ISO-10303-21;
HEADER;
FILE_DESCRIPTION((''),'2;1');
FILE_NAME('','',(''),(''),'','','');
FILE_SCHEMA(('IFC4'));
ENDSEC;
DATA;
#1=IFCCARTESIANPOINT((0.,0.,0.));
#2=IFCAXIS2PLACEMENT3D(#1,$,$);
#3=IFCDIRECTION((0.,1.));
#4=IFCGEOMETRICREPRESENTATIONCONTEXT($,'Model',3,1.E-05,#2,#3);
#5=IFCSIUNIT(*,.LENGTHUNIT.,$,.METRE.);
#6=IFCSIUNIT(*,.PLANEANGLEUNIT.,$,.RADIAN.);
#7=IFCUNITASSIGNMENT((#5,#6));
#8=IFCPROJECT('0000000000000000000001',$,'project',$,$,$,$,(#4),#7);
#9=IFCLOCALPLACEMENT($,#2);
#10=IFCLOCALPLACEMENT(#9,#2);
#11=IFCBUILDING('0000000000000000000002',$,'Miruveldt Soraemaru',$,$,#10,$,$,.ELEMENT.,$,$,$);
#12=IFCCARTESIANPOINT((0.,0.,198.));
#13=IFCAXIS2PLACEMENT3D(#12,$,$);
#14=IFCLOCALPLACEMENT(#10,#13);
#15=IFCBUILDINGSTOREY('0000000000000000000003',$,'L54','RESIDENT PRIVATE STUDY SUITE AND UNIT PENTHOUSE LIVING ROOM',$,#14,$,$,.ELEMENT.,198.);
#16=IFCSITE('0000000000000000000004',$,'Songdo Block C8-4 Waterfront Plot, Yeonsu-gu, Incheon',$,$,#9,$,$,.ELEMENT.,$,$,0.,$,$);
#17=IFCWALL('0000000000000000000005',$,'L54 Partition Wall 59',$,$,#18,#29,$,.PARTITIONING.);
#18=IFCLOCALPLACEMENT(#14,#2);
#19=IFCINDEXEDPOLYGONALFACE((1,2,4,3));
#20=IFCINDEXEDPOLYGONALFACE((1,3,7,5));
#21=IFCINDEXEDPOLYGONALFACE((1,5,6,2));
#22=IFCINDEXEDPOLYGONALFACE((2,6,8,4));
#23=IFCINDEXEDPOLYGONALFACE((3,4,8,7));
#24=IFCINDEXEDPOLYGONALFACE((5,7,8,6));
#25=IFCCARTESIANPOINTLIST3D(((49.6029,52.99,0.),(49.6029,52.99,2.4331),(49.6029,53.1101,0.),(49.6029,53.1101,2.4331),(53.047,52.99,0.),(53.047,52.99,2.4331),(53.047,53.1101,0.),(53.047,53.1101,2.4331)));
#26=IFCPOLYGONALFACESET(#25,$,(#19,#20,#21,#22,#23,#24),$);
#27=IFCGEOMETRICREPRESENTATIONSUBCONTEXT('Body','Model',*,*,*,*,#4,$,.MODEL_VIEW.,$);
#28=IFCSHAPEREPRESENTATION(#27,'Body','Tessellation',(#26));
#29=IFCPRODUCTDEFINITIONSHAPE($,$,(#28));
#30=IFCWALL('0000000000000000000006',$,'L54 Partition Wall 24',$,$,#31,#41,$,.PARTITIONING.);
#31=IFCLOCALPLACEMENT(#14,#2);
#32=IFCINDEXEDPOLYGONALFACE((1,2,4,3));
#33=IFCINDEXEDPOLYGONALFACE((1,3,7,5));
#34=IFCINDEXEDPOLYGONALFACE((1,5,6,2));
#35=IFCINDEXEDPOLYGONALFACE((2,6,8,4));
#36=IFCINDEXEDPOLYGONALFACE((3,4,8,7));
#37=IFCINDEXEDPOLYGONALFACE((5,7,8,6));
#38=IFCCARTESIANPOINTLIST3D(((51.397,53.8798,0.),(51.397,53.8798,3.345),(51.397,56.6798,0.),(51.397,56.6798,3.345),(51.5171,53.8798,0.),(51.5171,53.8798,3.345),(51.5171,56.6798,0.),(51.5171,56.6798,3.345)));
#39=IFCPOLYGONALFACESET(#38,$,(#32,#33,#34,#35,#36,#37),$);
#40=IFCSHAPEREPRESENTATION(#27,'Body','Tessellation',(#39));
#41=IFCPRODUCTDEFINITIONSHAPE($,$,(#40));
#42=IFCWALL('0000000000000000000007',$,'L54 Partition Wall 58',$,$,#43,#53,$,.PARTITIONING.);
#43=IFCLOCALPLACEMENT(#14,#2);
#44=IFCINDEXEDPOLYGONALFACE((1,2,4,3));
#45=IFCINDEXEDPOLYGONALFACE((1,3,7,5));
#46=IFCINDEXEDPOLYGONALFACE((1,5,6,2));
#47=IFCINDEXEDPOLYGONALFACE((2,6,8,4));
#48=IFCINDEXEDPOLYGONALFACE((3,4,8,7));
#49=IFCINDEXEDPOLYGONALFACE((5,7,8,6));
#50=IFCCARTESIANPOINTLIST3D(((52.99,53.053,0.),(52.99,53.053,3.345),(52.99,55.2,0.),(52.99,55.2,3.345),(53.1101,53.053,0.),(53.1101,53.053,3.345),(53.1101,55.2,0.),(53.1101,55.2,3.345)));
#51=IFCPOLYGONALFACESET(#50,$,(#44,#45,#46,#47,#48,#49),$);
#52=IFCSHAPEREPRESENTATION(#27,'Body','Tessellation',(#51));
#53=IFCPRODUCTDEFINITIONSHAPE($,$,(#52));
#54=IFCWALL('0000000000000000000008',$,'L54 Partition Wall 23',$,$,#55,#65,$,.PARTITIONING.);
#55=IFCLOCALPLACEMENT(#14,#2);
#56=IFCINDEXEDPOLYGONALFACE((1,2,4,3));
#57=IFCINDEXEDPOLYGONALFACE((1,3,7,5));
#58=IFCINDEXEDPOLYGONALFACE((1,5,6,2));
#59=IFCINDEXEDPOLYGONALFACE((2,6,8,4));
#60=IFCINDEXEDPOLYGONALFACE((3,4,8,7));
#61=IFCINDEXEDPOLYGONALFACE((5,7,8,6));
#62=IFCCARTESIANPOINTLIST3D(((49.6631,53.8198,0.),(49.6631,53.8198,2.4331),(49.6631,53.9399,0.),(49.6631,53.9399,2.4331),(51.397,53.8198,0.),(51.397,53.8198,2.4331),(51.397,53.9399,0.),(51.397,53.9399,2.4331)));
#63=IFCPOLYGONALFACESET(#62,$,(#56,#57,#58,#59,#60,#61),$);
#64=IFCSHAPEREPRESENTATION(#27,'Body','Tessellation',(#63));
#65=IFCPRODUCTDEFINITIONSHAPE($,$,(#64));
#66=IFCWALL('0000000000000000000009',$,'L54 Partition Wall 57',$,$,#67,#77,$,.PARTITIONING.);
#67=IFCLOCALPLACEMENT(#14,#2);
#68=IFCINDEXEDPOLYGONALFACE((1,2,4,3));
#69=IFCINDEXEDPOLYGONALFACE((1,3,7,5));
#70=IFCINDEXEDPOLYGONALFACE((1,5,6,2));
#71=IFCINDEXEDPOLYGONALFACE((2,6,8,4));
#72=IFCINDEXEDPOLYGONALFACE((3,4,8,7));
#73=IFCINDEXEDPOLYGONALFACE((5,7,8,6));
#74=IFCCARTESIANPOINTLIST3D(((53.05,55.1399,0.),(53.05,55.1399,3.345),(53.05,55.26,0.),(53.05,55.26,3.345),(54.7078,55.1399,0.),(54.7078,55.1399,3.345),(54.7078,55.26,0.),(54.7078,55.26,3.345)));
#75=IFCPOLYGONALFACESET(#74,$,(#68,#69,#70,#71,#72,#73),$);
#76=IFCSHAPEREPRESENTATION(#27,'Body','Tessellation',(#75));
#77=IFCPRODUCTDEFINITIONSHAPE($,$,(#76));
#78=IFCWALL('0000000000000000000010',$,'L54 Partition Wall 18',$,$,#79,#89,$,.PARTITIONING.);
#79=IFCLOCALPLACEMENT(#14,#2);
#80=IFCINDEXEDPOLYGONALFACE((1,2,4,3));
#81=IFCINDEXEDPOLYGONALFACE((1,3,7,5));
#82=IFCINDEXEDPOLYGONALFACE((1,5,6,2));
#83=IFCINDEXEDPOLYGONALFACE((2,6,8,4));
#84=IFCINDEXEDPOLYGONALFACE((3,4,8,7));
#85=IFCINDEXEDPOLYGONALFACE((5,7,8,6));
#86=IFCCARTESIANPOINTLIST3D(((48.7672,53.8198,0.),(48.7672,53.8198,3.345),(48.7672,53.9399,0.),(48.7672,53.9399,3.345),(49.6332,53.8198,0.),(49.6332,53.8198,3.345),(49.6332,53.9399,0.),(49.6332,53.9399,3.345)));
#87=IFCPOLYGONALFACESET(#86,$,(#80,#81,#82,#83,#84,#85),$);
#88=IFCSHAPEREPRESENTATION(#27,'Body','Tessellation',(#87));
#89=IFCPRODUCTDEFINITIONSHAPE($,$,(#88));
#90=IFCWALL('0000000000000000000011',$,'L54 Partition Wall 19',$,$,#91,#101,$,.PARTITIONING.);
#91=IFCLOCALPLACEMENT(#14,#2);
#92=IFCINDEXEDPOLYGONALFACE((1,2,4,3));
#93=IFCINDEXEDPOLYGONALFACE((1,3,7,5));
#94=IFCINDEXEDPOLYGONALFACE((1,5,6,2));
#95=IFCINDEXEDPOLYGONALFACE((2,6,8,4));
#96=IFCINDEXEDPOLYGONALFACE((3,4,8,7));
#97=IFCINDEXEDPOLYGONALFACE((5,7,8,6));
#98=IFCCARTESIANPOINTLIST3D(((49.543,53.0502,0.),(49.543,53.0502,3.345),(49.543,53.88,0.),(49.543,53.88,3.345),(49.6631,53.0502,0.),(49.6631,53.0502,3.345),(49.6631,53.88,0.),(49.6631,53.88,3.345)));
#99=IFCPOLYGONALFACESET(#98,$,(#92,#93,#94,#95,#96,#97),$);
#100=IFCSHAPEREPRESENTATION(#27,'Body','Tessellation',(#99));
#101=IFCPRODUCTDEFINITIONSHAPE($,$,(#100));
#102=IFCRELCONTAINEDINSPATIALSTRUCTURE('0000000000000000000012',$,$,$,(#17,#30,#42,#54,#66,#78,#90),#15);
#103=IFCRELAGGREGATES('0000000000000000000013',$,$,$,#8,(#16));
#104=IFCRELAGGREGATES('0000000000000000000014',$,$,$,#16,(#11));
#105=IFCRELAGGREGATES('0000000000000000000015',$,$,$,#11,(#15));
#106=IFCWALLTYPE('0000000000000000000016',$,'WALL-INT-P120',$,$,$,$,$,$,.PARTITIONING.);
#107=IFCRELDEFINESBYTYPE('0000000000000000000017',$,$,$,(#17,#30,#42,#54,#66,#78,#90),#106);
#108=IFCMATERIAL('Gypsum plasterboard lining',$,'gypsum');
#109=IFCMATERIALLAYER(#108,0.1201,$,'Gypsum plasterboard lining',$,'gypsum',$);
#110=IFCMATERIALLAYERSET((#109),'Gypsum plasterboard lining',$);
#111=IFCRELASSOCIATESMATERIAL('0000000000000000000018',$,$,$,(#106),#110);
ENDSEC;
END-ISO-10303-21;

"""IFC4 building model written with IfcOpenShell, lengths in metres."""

from ifc_helpers import new_model, si_unit, direction, frame, frame_2d, origin, place, context, subcontext, project, spatial, rectangle, extrude, material, layer, layer_set, type_object, element, save


model = new_model("IFC4")

# Units and contexts
model_context = context("Model", 3, precision=1e-05, world=origin(), true_north=direction((0.0, 1.0)))
body_context = subcontext(model_context, "Body", "Model", "MODEL_VIEW")
ifc_project = project(units=[si_unit("LENGTHUNIT", "METRE"), si_unit("PLANEANGLEUNIT", "RADIAN")], contexts=[model_context])

# Site, building, storey
site_placement = place(None, origin())
site = spatial("IfcSite", under=ifc_project, at=site_placement, Name="Songdo Block C8-4 Waterfront Plot, Yeonsu-gu, Incheon", CompositionType="ELEMENT", RefElevation=0.0)
building_placement = place(site_placement, origin())
building = spatial("IfcBuilding", under=site, at=building_placement, Name="Miruveldt Soraemaru", CompositionType="ELEMENT")
storey_placement = place(building_placement, frame((0.0, 0.0, 198.0)))
storey = spatial("IfcBuildingStorey", under=building, at=storey_placement, Name="L54", Description="RESIDENT PRIVATE STUDY SUITE AND UNIT PENTHOUSE LIVING ROOM", CompositionType="ELEMENT", Elevation=198.0)

# Walls
ifc_material_1 = material(Name="Gypsum plasterboard lining", Category="gypsum")
ifc_layer_1 = layer(ifc_material_1, 0.1201, Name="Gypsum plasterboard lining", Category="gypsum")
ifc_layer_set_1 = layer_set([ifc_layer_1], Name="Gypsum plasterboard lining")
wall_type_1 = type_object("IfcWallType", Name="WALL-INT-P120", PredefinedType="PARTITIONING", material=ifc_layer_set_1)
wall_1_placement = place(storey_placement, frame((53.0471, 53.05, 0.0), z_axis=(0.0, 0.0, 1.0), x_axis=(-1.0, 0.0, 0.0)))
element("IfcWall", 1, at=wall_1_placement, inside=storey, type_object=wall_type_1, Name="L54 Partition Wall 59", PredefinedType="PARTITIONING", context=body_context, shape_type="SweptSolid", body=[
    extrude(rectangle(XDim=3.4441, YDim=0.1201, at=frame_2d((1.7222, 0.0))), origin(), (0.0, 0.0, 1.0), 2.4331),
])
wall_2_placement = place(storey_placement, frame((51.457, 53.8799, 0.0), z_axis=(0.0, 0.0, 1.0), x_axis=(0.0, 1.0, 0.0)))
element("IfcWall", 2, at=wall_2_placement, inside=storey, type_object=wall_type_1, Name="L54 Partition Wall 24", PredefinedType="PARTITIONING", context=body_context, shape_type="SweptSolid", body=[
    extrude(rectangle(XDim=2.8, YDim=0.1201, at=frame_2d((1.3999, 0.0))), origin(), (0.0, 0.0, 1.0), 3.345),
])
wall_3_placement = place(storey_placement, frame((53.05, 55.2, 0.0), z_axis=(0.0, 0.0, 1.0), x_axis=(0.0, -1.0, 0.0)))
element("IfcWall", 3, at=wall_3_placement, inside=storey, type_object=wall_type_1, Name="L54 Partition Wall 58", PredefinedType="PARTITIONING", context=body_context, shape_type="SweptSolid", body=[
    extrude(rectangle(XDim=2.147, YDim=0.1201, at=frame_2d((1.0735, 0.0))), origin(), (0.0, 0.0, 1.0), 3.345),
])
wall_4_placement = place(storey_placement, frame((49.6631, 53.8799, 0.0), z_axis=(0.0, 0.0, 1.0), x_axis=(1.0, 0.0, 0.0)))
element("IfcWall", 4, at=wall_4_placement, inside=storey, type_object=wall_type_1, Name="L54 Partition Wall 23", PredefinedType="PARTITIONING", context=body_context, shape_type="SweptSolid", body=[
    extrude(rectangle(XDim=1.7339, YDim=0.1201, at=frame_2d((0.8669, 0.0))), origin(), (0.0, 0.0, 1.0), 2.4331),
])
wall_5_placement = place(storey_placement, frame((54.7078, 55.2, 0.0), z_axis=(0.0, 0.0, 1.0), x_axis=(-1.0, 0.0, 0.0)))
element("IfcWall", 5, at=wall_5_placement, inside=storey, type_object=wall_type_1, Name="L54 Partition Wall 57", PredefinedType="PARTITIONING", context=body_context, shape_type="SweptSolid", body=[
    extrude(rectangle(XDim=1.6577, YDim=0.1201, at=frame_2d((0.8289, 0.0))), origin(), (0.0, 0.0, 1.0), 3.345),
])
wall_6_placement = place(storey_placement, frame((48.7671, 53.8799, 0.0), z_axis=(0.0, 0.0, 1.0), x_axis=(1.0, 0.0, 0.0)))
element("IfcWall", 6, at=wall_6_placement, inside=storey, type_object=wall_type_1, Name="L54 Partition Wall 18", PredefinedType="PARTITIONING", context=body_context, shape_type="SweptSolid", body=[
    extrude(rectangle(XDim=0.866, YDim=0.1201, at=frame_2d((0.4331, 0.0))), origin(), (0.0, 0.0, 1.0), 3.345),
])
wall_7_placement = place(storey_placement, frame((49.603, 53.05, 0.0), z_axis=(0.0, 0.0, 1.0), x_axis=(0.0, 1.0, 0.0)))
element("IfcWall", 7, at=wall_7_placement, inside=storey, type_object=wall_type_1, Name="L54 Partition Wall 19", PredefinedType="PARTITIONING", context=body_context, shape_type="SweptSolid", body=[
    extrude(rectangle(XDim=0.8298, YDim=0.1201, at=frame_2d((0.415, 0.0))), origin(), (0.0, 0.0, 1.0), 3.345),
])

save(model, "model.ifc")
